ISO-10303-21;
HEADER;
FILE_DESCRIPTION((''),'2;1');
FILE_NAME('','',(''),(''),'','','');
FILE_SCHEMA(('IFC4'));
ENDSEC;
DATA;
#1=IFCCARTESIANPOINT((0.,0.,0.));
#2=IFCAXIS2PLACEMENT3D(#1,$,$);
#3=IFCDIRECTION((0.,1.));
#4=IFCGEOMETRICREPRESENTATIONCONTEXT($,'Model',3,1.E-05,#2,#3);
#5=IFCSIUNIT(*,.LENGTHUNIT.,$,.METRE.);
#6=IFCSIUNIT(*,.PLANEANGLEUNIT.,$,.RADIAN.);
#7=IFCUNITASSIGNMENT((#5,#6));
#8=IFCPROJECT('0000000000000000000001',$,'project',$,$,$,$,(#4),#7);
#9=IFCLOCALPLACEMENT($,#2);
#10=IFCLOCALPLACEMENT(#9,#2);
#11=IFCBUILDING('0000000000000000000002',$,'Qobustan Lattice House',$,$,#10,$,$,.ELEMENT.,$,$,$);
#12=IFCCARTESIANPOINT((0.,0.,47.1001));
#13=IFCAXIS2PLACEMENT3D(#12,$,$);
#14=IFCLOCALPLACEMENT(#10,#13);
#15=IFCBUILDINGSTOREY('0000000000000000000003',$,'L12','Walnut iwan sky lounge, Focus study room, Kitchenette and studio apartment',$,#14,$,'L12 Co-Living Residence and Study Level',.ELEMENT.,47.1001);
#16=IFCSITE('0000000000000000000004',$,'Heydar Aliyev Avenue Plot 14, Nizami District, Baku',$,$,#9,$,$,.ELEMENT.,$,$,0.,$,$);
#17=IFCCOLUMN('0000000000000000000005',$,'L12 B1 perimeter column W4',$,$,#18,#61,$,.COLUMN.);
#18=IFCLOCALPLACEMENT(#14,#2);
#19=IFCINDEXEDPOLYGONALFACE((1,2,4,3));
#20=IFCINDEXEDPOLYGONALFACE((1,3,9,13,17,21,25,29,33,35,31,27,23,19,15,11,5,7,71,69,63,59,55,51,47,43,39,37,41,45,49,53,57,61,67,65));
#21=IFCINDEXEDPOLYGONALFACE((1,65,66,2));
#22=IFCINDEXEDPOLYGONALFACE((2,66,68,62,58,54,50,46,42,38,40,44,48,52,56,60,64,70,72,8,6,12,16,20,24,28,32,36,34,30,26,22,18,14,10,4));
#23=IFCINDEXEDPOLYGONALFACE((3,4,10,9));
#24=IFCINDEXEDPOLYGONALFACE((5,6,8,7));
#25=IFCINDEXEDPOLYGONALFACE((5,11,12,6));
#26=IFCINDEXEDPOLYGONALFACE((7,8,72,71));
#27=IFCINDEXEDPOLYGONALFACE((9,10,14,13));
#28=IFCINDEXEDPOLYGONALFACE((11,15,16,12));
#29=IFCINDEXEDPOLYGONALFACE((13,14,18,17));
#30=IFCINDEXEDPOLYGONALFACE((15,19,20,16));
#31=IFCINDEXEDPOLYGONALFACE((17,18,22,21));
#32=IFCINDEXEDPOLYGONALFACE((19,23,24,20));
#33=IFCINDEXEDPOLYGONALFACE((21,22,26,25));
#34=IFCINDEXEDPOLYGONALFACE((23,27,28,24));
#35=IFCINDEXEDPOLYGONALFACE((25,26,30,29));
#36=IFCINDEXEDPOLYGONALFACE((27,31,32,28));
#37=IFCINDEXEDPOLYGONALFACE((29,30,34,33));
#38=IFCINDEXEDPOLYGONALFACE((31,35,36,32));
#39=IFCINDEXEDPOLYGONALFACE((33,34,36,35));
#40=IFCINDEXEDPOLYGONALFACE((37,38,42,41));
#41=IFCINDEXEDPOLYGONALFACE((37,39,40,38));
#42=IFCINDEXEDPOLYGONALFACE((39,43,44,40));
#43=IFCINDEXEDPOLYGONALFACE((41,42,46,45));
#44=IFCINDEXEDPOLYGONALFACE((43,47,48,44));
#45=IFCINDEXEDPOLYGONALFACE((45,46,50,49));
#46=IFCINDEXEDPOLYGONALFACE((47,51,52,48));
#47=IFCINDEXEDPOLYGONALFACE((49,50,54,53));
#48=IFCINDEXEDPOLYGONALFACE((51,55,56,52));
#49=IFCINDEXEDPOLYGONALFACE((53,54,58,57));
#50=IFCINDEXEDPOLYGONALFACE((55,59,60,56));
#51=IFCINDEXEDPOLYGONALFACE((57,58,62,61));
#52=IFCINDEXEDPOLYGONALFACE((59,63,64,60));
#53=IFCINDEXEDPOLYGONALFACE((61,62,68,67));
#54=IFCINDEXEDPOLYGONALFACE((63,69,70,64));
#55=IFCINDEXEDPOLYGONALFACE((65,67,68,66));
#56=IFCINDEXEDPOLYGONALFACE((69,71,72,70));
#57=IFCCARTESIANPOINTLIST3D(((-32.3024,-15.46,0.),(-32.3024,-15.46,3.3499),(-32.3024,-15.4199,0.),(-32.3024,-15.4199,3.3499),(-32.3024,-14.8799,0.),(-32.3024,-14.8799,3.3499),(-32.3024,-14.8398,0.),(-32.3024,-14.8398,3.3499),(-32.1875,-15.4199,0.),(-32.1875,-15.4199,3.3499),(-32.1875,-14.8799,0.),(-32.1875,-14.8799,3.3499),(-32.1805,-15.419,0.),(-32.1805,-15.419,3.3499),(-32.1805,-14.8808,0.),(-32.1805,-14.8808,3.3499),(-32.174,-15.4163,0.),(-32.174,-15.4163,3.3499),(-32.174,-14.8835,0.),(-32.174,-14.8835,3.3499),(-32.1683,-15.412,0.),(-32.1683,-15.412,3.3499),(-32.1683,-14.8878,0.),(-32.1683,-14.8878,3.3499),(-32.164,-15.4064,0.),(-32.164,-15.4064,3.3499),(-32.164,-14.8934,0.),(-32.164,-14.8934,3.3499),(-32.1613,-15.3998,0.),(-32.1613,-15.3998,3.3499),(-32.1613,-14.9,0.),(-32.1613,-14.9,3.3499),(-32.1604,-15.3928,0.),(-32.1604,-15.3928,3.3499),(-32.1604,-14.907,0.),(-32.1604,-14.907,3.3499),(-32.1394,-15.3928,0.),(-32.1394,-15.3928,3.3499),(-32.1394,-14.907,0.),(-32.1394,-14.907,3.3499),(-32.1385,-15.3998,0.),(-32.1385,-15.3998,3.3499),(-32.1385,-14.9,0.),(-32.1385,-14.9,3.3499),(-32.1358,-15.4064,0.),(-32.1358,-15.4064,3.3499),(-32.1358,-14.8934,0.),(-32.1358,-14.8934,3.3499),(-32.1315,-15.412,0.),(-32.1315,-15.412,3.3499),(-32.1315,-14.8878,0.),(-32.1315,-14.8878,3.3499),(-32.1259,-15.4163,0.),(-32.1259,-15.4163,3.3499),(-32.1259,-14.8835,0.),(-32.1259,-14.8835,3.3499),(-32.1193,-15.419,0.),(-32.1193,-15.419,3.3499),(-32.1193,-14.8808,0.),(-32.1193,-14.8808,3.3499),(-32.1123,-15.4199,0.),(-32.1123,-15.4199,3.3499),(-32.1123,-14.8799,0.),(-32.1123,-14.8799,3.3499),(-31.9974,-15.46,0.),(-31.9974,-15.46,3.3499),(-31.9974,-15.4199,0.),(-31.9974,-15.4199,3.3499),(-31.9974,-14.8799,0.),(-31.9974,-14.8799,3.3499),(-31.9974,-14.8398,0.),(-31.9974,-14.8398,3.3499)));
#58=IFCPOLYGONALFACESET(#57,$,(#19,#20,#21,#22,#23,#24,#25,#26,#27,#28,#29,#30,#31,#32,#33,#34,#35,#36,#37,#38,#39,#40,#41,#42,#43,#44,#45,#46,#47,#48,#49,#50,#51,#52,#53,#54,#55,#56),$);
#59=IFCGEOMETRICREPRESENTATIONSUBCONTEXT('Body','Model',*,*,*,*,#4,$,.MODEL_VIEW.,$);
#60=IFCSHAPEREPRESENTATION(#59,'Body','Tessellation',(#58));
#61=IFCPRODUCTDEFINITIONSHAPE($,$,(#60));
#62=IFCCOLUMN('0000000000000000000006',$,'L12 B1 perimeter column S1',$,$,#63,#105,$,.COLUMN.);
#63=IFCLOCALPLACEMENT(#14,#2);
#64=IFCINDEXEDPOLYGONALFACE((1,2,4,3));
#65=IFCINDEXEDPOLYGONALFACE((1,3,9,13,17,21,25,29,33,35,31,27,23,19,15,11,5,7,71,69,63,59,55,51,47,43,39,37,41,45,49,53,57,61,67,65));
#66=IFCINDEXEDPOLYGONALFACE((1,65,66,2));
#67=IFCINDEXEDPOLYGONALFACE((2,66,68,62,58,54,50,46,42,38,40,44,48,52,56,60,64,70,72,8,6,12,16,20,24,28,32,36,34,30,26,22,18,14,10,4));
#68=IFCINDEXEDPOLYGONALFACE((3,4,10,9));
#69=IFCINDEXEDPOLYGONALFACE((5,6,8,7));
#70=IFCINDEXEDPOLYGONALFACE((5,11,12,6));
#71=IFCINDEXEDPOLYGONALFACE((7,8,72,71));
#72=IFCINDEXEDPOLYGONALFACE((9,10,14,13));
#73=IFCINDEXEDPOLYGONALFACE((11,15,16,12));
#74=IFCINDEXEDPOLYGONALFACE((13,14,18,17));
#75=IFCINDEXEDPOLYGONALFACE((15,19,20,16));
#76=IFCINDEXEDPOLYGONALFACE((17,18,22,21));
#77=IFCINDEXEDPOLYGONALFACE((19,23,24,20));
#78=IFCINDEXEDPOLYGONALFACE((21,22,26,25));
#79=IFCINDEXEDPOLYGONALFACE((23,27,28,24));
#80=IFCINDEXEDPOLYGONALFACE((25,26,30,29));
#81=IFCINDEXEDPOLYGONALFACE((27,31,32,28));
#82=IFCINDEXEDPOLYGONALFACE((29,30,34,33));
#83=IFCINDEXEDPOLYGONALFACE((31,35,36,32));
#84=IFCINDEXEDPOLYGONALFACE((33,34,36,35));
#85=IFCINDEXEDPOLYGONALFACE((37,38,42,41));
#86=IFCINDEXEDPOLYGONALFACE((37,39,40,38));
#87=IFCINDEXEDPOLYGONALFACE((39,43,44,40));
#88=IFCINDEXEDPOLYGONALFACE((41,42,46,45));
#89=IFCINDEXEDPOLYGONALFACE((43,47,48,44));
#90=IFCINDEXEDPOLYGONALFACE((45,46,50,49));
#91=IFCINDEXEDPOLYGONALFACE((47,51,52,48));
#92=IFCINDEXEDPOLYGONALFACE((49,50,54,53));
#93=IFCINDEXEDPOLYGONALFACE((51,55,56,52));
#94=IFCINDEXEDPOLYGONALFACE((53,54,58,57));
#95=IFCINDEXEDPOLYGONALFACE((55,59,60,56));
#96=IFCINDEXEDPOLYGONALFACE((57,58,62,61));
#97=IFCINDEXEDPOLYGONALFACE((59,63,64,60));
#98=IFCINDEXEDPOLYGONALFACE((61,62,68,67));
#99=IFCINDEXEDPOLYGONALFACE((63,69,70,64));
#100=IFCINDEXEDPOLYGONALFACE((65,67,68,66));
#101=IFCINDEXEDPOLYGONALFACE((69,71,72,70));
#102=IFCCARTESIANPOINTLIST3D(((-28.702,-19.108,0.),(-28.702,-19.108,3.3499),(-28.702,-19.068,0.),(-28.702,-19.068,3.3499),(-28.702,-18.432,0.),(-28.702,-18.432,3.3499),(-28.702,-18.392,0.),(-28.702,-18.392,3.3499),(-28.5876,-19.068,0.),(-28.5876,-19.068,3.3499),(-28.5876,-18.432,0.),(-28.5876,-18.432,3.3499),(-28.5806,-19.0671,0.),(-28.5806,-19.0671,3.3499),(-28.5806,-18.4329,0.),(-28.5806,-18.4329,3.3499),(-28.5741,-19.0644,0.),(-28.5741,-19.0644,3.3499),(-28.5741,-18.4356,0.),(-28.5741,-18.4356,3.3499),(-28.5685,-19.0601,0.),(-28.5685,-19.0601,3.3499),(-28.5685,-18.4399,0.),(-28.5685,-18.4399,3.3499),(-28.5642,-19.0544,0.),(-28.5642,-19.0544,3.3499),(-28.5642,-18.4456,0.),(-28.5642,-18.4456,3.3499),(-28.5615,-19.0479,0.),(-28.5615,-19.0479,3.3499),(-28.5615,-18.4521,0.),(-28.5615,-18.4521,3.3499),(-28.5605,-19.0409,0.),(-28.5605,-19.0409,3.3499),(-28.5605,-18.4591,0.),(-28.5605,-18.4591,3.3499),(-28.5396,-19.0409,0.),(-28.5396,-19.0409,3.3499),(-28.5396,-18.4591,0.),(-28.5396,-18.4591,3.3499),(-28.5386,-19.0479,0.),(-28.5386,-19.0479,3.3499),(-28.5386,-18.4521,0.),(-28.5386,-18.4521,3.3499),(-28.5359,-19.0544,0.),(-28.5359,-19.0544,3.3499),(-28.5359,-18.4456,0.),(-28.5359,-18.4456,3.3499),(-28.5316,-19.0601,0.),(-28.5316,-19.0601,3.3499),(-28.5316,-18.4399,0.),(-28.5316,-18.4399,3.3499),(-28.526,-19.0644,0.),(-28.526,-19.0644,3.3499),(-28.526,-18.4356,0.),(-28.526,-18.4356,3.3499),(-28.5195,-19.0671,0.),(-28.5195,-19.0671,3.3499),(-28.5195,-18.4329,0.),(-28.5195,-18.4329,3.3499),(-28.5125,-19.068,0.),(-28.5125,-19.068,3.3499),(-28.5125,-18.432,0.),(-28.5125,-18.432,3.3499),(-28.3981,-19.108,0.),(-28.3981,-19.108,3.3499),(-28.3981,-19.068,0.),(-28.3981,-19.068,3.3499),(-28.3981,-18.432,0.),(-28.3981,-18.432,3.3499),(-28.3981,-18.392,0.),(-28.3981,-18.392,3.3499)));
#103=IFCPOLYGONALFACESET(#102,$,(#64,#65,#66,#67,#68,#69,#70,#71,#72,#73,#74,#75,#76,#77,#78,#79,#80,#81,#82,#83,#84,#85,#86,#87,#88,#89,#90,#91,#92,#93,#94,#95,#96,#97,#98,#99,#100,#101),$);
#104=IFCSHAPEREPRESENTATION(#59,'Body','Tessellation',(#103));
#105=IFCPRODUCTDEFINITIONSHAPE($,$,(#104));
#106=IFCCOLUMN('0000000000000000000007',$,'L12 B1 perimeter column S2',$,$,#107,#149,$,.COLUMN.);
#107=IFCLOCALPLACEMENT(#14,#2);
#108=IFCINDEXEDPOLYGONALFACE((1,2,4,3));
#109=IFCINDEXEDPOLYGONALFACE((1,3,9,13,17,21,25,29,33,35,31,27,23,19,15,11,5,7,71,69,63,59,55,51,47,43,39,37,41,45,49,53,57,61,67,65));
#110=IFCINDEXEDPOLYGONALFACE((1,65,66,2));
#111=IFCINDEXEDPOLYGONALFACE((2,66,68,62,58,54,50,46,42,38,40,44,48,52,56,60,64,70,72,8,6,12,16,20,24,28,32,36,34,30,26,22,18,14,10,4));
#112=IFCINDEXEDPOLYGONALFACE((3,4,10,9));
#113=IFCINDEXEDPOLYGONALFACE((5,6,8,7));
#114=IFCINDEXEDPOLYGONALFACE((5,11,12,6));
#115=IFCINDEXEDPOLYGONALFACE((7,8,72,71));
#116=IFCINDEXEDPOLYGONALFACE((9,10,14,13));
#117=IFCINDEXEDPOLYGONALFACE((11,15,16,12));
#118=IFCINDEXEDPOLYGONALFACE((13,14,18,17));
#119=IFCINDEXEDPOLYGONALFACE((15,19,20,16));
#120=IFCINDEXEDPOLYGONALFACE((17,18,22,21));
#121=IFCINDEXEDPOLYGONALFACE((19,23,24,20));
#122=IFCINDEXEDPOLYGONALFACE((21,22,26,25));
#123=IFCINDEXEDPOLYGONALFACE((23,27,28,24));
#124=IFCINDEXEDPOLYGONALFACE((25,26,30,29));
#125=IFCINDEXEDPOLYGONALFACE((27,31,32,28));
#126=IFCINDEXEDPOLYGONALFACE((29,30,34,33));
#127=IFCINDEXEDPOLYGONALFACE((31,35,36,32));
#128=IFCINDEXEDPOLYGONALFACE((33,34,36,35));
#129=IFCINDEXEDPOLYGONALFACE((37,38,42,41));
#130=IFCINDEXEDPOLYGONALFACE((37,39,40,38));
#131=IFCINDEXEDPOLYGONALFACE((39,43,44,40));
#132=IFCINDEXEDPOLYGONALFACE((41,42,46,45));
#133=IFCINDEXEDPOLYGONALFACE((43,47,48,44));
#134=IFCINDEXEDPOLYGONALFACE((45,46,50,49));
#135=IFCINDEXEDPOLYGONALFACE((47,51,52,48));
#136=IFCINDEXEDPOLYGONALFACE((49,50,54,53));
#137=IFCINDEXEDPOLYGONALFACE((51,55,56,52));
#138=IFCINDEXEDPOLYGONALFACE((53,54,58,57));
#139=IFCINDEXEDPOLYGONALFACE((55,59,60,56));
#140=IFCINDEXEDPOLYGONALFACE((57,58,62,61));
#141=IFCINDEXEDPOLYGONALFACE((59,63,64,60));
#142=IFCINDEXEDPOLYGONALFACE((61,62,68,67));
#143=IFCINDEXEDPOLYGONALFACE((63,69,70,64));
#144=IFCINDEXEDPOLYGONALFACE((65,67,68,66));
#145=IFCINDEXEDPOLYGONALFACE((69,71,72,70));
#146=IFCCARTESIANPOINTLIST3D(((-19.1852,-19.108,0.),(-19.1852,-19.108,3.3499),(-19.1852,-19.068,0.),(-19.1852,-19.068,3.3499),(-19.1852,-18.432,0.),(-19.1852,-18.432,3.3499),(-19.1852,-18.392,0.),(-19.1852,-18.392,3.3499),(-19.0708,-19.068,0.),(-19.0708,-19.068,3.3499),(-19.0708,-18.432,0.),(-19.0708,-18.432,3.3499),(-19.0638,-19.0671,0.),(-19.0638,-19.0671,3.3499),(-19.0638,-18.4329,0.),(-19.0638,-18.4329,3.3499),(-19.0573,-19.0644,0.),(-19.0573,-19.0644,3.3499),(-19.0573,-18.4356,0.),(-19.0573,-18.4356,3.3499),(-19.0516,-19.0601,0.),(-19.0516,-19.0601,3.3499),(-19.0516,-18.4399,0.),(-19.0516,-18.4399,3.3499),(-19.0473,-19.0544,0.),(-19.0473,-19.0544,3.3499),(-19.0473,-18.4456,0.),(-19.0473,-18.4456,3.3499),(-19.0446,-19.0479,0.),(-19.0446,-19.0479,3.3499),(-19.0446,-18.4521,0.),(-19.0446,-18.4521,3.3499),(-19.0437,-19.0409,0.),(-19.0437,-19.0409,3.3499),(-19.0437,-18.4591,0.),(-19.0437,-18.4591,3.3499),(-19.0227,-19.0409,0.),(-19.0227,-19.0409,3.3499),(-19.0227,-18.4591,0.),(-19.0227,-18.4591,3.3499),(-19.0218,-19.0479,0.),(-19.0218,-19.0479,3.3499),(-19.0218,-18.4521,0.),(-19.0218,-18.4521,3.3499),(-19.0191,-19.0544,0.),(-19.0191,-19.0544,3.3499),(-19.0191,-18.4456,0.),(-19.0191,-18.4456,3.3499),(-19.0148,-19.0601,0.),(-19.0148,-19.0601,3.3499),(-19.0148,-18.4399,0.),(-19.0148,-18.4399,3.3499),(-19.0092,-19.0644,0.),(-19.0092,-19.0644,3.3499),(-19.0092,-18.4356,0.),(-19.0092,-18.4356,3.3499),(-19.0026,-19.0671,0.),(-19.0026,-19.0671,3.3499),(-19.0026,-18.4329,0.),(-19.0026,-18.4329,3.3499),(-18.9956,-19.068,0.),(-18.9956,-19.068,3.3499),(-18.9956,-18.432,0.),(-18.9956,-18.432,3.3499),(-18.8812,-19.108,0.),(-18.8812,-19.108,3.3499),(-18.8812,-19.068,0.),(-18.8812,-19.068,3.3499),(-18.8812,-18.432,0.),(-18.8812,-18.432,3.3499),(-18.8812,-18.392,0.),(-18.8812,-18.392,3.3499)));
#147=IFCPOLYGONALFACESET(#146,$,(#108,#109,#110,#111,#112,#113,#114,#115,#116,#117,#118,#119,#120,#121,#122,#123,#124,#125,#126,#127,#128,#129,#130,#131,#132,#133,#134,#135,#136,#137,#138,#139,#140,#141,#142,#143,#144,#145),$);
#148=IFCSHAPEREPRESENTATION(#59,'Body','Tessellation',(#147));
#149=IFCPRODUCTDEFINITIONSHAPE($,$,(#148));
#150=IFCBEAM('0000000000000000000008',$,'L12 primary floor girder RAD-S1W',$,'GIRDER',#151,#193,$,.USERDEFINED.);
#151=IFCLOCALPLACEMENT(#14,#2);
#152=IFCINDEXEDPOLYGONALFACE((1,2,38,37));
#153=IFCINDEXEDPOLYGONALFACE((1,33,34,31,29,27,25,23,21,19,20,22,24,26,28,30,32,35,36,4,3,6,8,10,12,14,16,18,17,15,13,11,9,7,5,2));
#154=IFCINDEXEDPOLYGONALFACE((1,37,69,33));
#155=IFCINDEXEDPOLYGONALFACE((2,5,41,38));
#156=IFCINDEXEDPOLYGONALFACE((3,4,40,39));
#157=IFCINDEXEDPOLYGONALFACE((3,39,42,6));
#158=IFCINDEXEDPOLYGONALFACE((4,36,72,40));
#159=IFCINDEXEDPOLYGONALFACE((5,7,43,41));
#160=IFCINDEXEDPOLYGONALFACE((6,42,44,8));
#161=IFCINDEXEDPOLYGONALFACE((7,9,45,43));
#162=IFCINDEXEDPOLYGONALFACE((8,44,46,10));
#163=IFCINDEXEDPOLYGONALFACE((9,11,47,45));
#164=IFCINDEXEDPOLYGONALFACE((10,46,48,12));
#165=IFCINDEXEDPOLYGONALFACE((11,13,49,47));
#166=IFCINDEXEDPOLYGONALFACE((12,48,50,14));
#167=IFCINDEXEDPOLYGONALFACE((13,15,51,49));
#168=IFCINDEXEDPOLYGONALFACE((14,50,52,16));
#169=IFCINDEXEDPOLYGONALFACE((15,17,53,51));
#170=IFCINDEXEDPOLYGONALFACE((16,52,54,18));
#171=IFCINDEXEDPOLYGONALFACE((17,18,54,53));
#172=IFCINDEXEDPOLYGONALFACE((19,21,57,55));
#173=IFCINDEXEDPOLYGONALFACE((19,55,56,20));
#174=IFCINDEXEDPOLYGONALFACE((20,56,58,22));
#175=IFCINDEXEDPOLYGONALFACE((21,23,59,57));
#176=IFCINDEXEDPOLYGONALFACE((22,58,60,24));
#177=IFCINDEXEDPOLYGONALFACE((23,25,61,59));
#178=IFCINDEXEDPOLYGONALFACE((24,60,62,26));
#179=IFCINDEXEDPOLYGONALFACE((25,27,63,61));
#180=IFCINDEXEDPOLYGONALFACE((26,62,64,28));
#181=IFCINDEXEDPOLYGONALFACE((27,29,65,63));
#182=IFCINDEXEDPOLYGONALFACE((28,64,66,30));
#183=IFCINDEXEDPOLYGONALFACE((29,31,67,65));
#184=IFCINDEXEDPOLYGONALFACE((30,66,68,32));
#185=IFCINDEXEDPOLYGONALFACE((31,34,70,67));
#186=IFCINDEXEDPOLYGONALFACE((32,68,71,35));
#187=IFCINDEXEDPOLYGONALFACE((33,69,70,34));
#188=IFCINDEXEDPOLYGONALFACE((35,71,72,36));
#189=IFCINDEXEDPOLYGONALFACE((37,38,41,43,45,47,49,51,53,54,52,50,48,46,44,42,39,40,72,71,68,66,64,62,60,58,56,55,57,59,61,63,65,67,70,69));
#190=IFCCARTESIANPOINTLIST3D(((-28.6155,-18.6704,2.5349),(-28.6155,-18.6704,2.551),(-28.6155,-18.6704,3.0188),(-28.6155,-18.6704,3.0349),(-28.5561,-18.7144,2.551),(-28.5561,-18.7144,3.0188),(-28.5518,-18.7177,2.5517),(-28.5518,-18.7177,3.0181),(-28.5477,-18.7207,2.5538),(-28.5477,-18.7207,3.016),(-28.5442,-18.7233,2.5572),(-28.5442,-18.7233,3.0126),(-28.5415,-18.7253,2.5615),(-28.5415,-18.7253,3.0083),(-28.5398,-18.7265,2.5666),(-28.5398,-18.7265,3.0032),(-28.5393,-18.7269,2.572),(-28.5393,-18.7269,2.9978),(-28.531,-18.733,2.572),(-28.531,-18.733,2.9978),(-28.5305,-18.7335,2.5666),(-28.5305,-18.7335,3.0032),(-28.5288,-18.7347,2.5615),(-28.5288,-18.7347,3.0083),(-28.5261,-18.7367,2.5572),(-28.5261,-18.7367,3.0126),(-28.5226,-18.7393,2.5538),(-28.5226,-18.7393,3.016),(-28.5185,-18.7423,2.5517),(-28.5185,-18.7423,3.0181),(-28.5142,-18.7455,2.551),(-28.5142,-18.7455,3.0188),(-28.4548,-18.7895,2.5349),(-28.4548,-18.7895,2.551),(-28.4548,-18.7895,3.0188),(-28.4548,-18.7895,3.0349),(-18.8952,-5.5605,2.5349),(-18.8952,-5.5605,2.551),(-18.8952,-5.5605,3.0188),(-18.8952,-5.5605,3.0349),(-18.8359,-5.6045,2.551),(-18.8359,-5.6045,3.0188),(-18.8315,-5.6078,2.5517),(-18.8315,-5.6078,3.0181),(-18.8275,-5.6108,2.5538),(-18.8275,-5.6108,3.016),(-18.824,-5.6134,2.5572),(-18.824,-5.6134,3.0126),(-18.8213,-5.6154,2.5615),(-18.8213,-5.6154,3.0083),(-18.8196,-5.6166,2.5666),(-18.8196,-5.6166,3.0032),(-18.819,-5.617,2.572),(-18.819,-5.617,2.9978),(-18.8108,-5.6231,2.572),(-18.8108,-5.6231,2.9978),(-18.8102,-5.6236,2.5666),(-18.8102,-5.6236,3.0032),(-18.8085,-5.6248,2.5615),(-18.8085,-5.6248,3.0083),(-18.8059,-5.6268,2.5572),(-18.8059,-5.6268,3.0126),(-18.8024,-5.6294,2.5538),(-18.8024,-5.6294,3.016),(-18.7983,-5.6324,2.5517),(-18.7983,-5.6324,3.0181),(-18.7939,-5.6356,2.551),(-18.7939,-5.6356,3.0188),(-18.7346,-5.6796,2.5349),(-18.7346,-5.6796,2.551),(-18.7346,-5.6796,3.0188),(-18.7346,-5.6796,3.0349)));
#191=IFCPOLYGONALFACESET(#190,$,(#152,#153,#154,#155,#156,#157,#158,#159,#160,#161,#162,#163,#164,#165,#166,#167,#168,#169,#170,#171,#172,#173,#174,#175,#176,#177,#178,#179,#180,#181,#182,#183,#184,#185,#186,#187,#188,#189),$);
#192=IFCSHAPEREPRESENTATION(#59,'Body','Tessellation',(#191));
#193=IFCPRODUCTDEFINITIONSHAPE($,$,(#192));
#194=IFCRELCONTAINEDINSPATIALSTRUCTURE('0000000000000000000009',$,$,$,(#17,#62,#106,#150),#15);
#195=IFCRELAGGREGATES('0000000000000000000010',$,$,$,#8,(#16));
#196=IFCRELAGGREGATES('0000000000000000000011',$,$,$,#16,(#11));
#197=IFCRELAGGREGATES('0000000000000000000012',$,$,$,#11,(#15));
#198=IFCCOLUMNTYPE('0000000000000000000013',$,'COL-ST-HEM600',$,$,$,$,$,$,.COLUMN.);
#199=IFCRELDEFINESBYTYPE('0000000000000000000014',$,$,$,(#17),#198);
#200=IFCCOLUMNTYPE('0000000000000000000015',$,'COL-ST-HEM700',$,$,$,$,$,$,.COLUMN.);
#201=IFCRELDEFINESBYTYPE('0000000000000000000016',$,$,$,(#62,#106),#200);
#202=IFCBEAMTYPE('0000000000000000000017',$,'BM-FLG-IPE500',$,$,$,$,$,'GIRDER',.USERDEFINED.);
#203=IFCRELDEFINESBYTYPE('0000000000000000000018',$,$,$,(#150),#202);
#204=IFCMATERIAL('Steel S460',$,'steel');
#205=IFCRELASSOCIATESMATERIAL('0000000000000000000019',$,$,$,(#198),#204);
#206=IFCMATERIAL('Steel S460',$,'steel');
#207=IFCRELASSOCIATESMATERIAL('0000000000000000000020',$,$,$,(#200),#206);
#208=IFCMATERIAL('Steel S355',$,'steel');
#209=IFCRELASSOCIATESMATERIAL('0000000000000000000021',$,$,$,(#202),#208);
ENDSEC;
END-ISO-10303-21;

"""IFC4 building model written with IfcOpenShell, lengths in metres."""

from ifc_helpers import new_model, si_unit, direction, frame, origin, origin_2d, place, context, subcontext, project, spatial, i_section, extrude, material, material_profile, profile_set, type_object, element, save


model = new_model("IFC4")

# Units and contexts
model_context = context("Model", 3, precision=1e-05, world=origin(), true_north=direction((0.0, 1.0)))
body_context = subcontext(model_context, "Body", "Model", "MODEL_VIEW")
ifc_project = project(units=[si_unit("LENGTHUNIT", "METRE"), si_unit("PLANEANGLEUNIT", "RADIAN")], contexts=[model_context])

# Site, building, storey
site_placement = place(None, origin())
site = spatial("IfcSite", under=ifc_project, at=site_placement, Name="Heydar Aliyev Avenue Plot 14, Nizami District, Baku", CompositionType="ELEMENT", RefElevation=0.0)
building_placement = place(site_placement, origin())
building = spatial("IfcBuilding", under=site, at=building_placement, Name="Qobustan Lattice House", CompositionType="ELEMENT")
storey_placement = place(building_placement, frame((0.0, 0.0, 47.1001)))
storey = spatial("IfcBuildingStorey", under=building, at=storey_placement, Name="L12", Description="Walnut iwan sky lounge, Focus study room, Kitchenette and studio apartment", LongName="L12 Co-Living Residence and Study Level", CompositionType="ELEMENT", Elevation=47.1001)

# Columns
ifc_material_1 = material(Name="Steel S460", Category="steel")
ifc_material_profile_1 = material_profile(ifc_material_1, i_section(OverallWidth=0.3049, OverallDepth=0.6201, WebThickness=0.021, FlangeThickness=0.04, FilletRadius=0.0271, at=origin_2d()), Name="HEM600")
ifc_profile_set_1 = profile_set([ifc_material_profile_1], Name="Steel S460")
column_type_1 = type_object("IfcColumnType", Name="COL-ST-HEM600", PredefinedType="COLUMN", material=ifc_profile_set_1)
column_placement = place(storey_placement, frame((-32.1499, -15.1499, 0.0), z_axis=(0.0, 0.0, 1.0), x_axis=(1.0, 0.0, 0.0)))
element("IfcColumn", 1, at=column_placement, inside=storey, type_object=column_type_1, Name="L12 B1 perimeter column W4", PredefinedType="COLUMN", context=body_context, shape_type="SweptSolid", body=[
    extrude(i_section(OverallWidth=0.3049, OverallDepth=0.6201, WebThickness=0.021, FlangeThickness=0.04, FilletRadius=0.0271, at=origin_2d()), origin(), (0.0, 0.0, 1.0), 3.3499),
])
ifc_material_2 = material(Name="Steel S460", Category="steel")
ifc_material_profile_2 = material_profile(ifc_material_2, i_section(OverallWidth=0.304, OverallDepth=0.7161, WebThickness=0.021, FlangeThickness=0.04, FilletRadius=0.0271, at=origin_2d()), Name="HEM700")
ifc_profile_set_2 = profile_set([ifc_material_profile_2], Name="Steel S460")
column_type_2 = type_object("IfcColumnType", Name="COL-ST-HEM700", PredefinedType="COLUMN", material=ifc_profile_set_2)
for number, where, z_axis, x_axis, name in (
    (2, (-28.55, -18.75, 0.0), (0.0, 0.0, 1.0), (1.0, 0.0, 0.0), "L12 B1 perimeter column S1"),
    (3, (-19.0332, -18.75, 0.0), (0.0, 0.0, 1.0), (1.0, 0.0, 0.0), "L12 B1 perimeter column S2"),
):
    element("IfcColumn", number, at=place(storey_placement, frame(where, z_axis=z_axis, x_axis=x_axis)), inside=storey, type_object=column_type_2, Name=name, PredefinedType="COLUMN", context=body_context, shape_type="SweptSolid", body=[
        extrude(i_section(OverallWidth=0.304, OverallDepth=0.7161, WebThickness=0.021, FlangeThickness=0.04, FilletRadius=0.0271, at=origin_2d()), origin(), (0.0, 0.0, 1.0), 3.3499),
    ])

# Beam
ifc_material_3 = material(Name="Steel S355", Category="steel")
ifc_material_profile_3 = material_profile(ifc_material_3, i_section(OverallWidth=0.2, OverallDepth=0.5, WebThickness=0.0103, FlangeThickness=0.0161, FilletRadius=0.021, at=origin_2d()), Name="IPE500")
ifc_profile_set_3 = profile_set([ifc_material_profile_3], Name="Steel S355")
beam_type_1 = type_object("IfcBeamType", Name="BM-FLG-IPE500", ElementType="GIRDER", PredefinedType="USERDEFINED", material=ifc_profile_set_3)
beam_1_placement = place(storey_placement, frame((-28.5352, -18.73, 2.7849), z_axis=(0.595592, 0.803287, 0.0), x_axis=(-0.803287, 0.595592, 0.0)))
element("IfcBeam", 4, at=beam_1_placement, inside=storey, type_object=beam_type_1, Name="L12 primary floor girder RAD-S1W", ObjectType="GIRDER", PredefinedType="USERDEFINED", context=body_context, shape_type="SweptSolid", body=[
    extrude(i_section(OverallWidth=0.2, OverallDepth=0.5, WebThickness=0.0103, FlangeThickness=0.0161, FilletRadius=0.021, at=origin_2d()), origin(), (0.0, 0.0, 1.0), 16.3203),
])

save(model, "model.ifc")
